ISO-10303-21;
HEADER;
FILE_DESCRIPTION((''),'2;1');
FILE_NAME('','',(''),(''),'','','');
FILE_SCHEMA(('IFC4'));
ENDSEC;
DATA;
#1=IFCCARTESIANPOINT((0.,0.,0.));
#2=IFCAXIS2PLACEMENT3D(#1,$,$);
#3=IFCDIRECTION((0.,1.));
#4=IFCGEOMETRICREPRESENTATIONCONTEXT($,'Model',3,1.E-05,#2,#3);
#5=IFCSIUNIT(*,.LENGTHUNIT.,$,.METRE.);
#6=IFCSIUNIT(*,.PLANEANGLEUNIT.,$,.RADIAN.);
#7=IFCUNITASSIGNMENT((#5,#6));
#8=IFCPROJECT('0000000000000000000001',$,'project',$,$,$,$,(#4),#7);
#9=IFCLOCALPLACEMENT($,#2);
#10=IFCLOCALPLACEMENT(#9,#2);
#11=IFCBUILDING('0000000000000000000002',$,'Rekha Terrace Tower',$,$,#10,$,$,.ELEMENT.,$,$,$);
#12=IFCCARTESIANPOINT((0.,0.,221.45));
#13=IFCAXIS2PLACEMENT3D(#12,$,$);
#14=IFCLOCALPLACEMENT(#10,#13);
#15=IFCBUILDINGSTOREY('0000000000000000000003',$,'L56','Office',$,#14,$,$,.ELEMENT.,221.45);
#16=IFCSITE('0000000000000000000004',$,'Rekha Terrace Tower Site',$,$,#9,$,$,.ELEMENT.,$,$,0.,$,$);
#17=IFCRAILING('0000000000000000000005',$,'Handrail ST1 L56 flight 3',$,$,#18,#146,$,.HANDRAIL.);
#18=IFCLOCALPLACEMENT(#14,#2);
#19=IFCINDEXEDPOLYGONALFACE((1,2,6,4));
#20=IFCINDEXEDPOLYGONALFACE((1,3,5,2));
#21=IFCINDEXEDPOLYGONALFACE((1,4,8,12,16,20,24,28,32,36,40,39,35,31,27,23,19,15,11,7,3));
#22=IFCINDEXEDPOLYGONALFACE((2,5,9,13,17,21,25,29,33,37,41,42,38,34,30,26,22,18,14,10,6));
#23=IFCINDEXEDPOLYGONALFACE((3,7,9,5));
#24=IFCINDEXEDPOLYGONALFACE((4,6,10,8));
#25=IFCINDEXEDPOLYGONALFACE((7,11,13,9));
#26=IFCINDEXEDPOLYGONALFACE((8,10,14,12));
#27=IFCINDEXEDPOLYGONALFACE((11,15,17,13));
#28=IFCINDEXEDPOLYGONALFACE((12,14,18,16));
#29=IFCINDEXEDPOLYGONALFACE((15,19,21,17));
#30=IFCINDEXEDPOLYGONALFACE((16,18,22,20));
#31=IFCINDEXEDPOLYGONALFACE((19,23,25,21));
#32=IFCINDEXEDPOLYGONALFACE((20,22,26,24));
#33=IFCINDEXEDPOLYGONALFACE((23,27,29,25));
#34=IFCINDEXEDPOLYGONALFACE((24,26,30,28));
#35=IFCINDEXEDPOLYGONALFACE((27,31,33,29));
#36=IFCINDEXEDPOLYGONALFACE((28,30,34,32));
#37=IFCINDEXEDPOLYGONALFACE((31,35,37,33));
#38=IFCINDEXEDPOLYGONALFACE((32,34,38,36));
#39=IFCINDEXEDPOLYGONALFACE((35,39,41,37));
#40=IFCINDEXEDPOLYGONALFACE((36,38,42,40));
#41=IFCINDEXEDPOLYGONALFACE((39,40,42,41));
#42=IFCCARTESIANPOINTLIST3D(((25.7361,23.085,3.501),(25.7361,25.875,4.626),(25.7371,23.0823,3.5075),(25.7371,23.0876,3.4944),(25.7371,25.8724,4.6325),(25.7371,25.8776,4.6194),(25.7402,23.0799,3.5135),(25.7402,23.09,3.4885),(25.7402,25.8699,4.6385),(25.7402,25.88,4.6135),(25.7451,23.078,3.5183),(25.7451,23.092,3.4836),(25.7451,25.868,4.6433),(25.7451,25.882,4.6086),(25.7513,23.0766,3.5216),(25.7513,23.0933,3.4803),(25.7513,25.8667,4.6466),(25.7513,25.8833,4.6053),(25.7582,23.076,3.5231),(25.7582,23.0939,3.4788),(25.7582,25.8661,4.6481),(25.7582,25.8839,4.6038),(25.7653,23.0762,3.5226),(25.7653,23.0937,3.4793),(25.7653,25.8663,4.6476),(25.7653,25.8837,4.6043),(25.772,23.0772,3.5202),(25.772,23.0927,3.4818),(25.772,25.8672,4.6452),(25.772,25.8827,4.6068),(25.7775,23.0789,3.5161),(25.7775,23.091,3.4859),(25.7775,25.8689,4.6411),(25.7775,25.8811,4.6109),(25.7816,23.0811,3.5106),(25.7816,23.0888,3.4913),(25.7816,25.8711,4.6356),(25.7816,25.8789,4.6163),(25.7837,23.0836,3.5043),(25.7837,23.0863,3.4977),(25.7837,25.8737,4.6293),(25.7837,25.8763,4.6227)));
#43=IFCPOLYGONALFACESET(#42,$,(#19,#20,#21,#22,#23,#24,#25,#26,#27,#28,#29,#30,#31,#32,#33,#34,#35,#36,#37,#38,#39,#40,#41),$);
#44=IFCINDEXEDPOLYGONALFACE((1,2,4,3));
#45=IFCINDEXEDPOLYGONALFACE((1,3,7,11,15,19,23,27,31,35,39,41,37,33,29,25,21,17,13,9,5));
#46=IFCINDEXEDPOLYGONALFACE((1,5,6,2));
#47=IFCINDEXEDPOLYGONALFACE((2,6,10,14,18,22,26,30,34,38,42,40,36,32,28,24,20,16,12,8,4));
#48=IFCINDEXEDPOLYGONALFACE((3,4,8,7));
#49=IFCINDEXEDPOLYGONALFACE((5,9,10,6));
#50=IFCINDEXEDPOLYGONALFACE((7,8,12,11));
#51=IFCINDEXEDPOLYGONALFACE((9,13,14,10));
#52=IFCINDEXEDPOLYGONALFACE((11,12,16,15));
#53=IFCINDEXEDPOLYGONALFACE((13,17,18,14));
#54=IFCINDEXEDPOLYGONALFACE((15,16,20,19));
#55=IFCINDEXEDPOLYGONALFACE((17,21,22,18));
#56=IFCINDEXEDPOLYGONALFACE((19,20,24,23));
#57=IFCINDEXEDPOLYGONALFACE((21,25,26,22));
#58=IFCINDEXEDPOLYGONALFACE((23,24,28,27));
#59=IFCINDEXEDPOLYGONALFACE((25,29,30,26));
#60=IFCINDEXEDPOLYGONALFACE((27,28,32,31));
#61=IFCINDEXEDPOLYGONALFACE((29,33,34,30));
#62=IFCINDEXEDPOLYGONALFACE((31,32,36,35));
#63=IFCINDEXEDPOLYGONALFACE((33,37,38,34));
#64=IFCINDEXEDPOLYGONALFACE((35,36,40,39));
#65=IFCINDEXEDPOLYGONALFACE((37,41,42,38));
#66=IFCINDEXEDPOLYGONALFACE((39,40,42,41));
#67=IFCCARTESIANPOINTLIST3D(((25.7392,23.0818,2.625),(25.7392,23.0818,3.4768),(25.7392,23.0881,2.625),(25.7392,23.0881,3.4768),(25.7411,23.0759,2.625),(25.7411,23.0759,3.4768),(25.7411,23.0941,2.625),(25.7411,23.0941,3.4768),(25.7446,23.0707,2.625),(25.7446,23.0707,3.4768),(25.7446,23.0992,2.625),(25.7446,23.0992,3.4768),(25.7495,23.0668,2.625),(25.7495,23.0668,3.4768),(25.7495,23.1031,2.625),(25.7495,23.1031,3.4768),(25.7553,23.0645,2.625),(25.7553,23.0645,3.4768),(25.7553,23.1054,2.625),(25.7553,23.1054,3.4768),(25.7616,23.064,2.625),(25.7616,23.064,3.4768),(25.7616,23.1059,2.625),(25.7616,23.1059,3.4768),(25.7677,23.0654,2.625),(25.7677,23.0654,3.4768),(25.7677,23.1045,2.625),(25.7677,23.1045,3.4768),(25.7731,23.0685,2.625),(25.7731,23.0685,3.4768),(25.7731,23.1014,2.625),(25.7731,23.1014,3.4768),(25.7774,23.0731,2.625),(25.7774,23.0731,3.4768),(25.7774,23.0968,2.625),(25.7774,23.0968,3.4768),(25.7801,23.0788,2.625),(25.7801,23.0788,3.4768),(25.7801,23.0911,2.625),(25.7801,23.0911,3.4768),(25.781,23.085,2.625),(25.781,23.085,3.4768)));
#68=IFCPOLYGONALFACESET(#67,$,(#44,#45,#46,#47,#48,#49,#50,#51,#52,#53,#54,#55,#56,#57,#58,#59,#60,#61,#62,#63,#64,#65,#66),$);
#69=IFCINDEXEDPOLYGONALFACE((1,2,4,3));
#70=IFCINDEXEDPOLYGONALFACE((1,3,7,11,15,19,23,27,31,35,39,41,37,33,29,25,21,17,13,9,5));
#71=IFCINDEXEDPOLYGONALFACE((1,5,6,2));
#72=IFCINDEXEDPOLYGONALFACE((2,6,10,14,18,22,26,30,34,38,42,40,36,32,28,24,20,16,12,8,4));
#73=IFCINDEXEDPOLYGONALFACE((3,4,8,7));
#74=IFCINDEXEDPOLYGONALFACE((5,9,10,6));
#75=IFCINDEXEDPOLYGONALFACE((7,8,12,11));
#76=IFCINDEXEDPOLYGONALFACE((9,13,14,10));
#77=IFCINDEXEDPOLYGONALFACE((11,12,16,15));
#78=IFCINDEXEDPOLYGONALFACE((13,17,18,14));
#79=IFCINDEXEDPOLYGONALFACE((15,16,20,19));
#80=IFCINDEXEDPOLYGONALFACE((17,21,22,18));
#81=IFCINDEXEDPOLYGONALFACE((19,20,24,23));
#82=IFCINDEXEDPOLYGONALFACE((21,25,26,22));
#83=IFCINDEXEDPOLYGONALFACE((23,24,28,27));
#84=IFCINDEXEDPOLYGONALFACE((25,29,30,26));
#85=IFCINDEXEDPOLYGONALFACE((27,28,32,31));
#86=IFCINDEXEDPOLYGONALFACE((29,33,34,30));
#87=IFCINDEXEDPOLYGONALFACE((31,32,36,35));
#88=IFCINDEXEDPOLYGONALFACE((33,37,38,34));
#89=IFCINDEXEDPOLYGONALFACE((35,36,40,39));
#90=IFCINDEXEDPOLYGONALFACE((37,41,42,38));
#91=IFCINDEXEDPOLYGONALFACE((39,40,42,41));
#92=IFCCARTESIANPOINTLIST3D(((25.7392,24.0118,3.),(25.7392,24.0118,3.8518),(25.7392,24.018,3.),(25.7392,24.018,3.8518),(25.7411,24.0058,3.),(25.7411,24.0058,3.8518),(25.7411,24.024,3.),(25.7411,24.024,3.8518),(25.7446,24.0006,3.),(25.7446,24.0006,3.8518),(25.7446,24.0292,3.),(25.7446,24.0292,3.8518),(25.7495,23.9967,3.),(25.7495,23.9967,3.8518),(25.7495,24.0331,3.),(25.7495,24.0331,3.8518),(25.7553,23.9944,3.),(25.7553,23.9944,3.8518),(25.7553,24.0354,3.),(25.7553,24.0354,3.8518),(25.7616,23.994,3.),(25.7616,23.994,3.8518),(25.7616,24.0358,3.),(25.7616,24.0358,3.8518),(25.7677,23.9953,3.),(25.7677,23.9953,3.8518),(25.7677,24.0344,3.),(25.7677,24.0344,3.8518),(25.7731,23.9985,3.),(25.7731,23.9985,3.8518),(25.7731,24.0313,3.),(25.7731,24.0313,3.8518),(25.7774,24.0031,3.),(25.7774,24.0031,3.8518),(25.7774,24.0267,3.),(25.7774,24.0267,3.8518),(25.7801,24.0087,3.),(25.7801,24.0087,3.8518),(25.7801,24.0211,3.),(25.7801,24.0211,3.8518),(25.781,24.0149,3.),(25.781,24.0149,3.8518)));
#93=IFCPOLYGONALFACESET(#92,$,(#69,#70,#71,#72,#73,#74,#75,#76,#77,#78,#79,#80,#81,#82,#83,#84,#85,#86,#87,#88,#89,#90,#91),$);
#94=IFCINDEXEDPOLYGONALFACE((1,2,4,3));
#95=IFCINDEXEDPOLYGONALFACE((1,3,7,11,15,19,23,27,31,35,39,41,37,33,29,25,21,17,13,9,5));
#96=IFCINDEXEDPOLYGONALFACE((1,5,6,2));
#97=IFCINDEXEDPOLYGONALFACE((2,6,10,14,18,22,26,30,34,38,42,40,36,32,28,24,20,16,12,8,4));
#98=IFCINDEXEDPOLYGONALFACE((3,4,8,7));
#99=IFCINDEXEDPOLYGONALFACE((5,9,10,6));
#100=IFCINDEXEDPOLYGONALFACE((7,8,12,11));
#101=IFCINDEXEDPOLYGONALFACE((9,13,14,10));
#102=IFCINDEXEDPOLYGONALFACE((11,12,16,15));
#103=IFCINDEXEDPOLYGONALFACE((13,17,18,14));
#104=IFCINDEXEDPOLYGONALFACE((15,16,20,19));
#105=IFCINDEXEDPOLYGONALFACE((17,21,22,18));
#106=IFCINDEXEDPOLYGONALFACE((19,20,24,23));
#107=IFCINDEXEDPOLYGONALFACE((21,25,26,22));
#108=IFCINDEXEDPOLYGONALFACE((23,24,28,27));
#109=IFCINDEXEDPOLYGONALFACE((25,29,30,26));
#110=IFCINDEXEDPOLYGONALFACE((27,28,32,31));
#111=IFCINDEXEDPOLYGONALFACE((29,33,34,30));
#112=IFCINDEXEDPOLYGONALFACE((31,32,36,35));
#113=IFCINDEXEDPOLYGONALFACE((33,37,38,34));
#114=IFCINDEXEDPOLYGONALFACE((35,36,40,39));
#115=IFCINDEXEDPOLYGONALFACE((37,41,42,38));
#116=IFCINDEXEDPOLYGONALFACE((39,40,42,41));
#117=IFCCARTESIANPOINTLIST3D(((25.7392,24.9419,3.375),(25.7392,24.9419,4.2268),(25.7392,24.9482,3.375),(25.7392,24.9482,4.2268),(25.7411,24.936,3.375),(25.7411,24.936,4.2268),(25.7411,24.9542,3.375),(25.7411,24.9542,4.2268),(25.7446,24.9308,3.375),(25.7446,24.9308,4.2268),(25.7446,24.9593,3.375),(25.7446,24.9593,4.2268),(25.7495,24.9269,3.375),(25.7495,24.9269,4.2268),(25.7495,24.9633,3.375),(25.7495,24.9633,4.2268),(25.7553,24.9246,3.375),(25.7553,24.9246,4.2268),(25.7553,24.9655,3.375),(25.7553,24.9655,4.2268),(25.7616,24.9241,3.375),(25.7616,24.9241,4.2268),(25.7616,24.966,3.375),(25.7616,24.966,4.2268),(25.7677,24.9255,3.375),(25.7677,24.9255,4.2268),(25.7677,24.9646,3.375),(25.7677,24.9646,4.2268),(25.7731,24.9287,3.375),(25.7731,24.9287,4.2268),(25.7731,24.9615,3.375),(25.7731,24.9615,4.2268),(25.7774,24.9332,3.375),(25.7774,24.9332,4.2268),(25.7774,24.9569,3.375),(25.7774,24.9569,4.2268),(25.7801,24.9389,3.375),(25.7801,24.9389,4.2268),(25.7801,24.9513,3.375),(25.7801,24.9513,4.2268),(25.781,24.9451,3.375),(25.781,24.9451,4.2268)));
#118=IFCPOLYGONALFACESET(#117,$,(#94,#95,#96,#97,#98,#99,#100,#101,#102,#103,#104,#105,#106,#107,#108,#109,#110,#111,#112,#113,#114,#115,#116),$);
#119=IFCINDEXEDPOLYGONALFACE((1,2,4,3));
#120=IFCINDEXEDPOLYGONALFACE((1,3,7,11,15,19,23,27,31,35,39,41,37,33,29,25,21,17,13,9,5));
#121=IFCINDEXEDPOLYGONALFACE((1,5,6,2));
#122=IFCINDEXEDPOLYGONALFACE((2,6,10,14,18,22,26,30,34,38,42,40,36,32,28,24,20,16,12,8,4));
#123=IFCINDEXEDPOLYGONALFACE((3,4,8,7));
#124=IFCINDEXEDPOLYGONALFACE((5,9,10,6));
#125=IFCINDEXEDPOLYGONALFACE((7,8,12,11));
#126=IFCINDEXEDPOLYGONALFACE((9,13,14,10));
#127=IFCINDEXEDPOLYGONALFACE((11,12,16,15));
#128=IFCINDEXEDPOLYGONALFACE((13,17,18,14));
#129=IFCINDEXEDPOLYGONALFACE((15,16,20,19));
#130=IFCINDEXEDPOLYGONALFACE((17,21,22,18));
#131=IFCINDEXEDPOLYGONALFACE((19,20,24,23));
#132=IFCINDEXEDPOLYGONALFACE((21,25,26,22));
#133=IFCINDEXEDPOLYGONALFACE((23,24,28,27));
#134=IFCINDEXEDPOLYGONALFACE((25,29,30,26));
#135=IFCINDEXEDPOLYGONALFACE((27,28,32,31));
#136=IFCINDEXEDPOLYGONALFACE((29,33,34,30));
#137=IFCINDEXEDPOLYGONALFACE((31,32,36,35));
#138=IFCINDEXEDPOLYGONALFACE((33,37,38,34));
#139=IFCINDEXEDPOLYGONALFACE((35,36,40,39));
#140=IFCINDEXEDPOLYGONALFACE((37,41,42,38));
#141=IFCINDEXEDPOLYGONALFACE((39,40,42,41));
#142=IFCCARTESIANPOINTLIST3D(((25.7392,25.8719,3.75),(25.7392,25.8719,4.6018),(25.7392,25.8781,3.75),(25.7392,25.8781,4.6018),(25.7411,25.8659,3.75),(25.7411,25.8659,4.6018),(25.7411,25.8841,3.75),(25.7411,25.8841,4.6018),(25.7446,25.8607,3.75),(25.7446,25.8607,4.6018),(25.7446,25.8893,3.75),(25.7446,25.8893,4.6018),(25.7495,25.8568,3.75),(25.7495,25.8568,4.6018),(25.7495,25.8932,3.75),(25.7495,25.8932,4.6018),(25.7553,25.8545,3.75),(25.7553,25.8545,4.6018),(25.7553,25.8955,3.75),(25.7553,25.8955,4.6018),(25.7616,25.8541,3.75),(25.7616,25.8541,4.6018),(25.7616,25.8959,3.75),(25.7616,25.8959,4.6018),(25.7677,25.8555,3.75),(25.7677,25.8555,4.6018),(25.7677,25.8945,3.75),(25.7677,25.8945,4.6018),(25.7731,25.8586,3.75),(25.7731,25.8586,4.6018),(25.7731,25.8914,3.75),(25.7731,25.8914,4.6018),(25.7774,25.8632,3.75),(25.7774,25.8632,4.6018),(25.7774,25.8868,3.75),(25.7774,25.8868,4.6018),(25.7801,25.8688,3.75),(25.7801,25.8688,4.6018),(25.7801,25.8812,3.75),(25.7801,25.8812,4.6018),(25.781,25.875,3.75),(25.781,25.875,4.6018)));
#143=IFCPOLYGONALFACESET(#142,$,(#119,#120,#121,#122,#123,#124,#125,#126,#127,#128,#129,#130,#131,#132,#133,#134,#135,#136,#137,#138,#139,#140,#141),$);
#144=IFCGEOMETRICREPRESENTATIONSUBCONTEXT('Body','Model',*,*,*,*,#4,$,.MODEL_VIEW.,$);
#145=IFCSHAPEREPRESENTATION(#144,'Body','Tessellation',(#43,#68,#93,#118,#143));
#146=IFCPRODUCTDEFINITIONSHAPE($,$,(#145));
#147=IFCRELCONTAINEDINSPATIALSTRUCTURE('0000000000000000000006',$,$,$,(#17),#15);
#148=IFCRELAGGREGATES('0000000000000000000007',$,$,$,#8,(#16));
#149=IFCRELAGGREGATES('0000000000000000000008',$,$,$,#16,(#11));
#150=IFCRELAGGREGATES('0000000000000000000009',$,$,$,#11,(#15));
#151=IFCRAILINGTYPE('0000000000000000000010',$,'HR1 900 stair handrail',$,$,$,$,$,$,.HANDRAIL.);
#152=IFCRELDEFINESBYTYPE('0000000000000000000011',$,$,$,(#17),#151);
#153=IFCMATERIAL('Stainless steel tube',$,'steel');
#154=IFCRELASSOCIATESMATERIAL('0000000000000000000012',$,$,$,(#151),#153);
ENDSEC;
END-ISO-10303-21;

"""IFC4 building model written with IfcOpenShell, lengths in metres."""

from ifc_helpers import new_model, si_unit, direction, frame, origin, origin_2d, place, context, subcontext, project, spatial, circle, extrude, material, type_object, element, save


model = new_model("IFC4")

# Units and contexts
model_context = context("Model", 3, precision=1e-05, world=origin(), true_north=direction((0.0, 1.0)))
body_context = subcontext(model_context, "Body", "Model", "MODEL_VIEW")
ifc_project = project(units=[si_unit("LENGTHUNIT", "METRE"), si_unit("PLANEANGLEUNIT", "RADIAN")], contexts=[model_context])

# Site, building, storey
site_placement = place(None, origin())
site = spatial("IfcSite", under=ifc_project, at=site_placement, Name="Rekha Terrace Tower Site", CompositionType="ELEMENT", RefElevation=0.0)
building_placement = place(site_placement, origin())
building = spatial("IfcBuilding", under=site, at=building_placement, Name="Rekha Terrace Tower", CompositionType="ELEMENT")
storey_placement = place(building_placement, frame((0.0, 0.0, 221.45)))
storey = spatial("IfcBuildingStorey", under=building, at=storey_placement, Name="L56", Description="Office", CompositionType="ELEMENT", Elevation=221.45)

# Railing
ifc_material_1 = material(Name="Stainless steel tube", Category="steel")
railing_type = type_object("IfcRailingType", Name="HR1 900 stair handrail", PredefinedType="HANDRAIL", material=ifc_material_1)
railing_placement = place(storey_placement, frame((25.76, 23.085, 2.625)))
element("IfcRailing", 1, at=railing_placement, inside=storey, type_object=railing_type, Name="Handrail ST1 L56 flight 3", PredefinedType="HANDRAIL", context=body_context, shape_type="SweptSolid", body=[
    extrude(circle(Radius=0.0239, at=origin_2d()), frame((0.0, 0.0, 0.876), z_axis=(0.0, 0.927443, 0.373964), x_axis=(-1.0, 0.0, 0.0)), (0.0, 0.0, 1.0), 3.0083),
    extrude(circle(Radius=0.021, at=origin_2d()), origin(), (0.0, 0.0, 1.0), 0.8518),
    extrude(circle(Radius=0.021, at=origin_2d()), frame((0.0, 0.9299, 0.375)), (0.0, 0.0, 1.0), 0.8518),
    extrude(circle(Radius=0.021, at=origin_2d()), frame((0.0, 1.8601, 0.75)), (0.0, 0.0, 1.0), 0.8518),
    extrude(circle(Radius=0.021, at=origin_2d()), frame((0.0, 2.79, 1.125)), (0.0, 0.0, 1.0), 0.8518),
])

save(model, "model.ifc")
